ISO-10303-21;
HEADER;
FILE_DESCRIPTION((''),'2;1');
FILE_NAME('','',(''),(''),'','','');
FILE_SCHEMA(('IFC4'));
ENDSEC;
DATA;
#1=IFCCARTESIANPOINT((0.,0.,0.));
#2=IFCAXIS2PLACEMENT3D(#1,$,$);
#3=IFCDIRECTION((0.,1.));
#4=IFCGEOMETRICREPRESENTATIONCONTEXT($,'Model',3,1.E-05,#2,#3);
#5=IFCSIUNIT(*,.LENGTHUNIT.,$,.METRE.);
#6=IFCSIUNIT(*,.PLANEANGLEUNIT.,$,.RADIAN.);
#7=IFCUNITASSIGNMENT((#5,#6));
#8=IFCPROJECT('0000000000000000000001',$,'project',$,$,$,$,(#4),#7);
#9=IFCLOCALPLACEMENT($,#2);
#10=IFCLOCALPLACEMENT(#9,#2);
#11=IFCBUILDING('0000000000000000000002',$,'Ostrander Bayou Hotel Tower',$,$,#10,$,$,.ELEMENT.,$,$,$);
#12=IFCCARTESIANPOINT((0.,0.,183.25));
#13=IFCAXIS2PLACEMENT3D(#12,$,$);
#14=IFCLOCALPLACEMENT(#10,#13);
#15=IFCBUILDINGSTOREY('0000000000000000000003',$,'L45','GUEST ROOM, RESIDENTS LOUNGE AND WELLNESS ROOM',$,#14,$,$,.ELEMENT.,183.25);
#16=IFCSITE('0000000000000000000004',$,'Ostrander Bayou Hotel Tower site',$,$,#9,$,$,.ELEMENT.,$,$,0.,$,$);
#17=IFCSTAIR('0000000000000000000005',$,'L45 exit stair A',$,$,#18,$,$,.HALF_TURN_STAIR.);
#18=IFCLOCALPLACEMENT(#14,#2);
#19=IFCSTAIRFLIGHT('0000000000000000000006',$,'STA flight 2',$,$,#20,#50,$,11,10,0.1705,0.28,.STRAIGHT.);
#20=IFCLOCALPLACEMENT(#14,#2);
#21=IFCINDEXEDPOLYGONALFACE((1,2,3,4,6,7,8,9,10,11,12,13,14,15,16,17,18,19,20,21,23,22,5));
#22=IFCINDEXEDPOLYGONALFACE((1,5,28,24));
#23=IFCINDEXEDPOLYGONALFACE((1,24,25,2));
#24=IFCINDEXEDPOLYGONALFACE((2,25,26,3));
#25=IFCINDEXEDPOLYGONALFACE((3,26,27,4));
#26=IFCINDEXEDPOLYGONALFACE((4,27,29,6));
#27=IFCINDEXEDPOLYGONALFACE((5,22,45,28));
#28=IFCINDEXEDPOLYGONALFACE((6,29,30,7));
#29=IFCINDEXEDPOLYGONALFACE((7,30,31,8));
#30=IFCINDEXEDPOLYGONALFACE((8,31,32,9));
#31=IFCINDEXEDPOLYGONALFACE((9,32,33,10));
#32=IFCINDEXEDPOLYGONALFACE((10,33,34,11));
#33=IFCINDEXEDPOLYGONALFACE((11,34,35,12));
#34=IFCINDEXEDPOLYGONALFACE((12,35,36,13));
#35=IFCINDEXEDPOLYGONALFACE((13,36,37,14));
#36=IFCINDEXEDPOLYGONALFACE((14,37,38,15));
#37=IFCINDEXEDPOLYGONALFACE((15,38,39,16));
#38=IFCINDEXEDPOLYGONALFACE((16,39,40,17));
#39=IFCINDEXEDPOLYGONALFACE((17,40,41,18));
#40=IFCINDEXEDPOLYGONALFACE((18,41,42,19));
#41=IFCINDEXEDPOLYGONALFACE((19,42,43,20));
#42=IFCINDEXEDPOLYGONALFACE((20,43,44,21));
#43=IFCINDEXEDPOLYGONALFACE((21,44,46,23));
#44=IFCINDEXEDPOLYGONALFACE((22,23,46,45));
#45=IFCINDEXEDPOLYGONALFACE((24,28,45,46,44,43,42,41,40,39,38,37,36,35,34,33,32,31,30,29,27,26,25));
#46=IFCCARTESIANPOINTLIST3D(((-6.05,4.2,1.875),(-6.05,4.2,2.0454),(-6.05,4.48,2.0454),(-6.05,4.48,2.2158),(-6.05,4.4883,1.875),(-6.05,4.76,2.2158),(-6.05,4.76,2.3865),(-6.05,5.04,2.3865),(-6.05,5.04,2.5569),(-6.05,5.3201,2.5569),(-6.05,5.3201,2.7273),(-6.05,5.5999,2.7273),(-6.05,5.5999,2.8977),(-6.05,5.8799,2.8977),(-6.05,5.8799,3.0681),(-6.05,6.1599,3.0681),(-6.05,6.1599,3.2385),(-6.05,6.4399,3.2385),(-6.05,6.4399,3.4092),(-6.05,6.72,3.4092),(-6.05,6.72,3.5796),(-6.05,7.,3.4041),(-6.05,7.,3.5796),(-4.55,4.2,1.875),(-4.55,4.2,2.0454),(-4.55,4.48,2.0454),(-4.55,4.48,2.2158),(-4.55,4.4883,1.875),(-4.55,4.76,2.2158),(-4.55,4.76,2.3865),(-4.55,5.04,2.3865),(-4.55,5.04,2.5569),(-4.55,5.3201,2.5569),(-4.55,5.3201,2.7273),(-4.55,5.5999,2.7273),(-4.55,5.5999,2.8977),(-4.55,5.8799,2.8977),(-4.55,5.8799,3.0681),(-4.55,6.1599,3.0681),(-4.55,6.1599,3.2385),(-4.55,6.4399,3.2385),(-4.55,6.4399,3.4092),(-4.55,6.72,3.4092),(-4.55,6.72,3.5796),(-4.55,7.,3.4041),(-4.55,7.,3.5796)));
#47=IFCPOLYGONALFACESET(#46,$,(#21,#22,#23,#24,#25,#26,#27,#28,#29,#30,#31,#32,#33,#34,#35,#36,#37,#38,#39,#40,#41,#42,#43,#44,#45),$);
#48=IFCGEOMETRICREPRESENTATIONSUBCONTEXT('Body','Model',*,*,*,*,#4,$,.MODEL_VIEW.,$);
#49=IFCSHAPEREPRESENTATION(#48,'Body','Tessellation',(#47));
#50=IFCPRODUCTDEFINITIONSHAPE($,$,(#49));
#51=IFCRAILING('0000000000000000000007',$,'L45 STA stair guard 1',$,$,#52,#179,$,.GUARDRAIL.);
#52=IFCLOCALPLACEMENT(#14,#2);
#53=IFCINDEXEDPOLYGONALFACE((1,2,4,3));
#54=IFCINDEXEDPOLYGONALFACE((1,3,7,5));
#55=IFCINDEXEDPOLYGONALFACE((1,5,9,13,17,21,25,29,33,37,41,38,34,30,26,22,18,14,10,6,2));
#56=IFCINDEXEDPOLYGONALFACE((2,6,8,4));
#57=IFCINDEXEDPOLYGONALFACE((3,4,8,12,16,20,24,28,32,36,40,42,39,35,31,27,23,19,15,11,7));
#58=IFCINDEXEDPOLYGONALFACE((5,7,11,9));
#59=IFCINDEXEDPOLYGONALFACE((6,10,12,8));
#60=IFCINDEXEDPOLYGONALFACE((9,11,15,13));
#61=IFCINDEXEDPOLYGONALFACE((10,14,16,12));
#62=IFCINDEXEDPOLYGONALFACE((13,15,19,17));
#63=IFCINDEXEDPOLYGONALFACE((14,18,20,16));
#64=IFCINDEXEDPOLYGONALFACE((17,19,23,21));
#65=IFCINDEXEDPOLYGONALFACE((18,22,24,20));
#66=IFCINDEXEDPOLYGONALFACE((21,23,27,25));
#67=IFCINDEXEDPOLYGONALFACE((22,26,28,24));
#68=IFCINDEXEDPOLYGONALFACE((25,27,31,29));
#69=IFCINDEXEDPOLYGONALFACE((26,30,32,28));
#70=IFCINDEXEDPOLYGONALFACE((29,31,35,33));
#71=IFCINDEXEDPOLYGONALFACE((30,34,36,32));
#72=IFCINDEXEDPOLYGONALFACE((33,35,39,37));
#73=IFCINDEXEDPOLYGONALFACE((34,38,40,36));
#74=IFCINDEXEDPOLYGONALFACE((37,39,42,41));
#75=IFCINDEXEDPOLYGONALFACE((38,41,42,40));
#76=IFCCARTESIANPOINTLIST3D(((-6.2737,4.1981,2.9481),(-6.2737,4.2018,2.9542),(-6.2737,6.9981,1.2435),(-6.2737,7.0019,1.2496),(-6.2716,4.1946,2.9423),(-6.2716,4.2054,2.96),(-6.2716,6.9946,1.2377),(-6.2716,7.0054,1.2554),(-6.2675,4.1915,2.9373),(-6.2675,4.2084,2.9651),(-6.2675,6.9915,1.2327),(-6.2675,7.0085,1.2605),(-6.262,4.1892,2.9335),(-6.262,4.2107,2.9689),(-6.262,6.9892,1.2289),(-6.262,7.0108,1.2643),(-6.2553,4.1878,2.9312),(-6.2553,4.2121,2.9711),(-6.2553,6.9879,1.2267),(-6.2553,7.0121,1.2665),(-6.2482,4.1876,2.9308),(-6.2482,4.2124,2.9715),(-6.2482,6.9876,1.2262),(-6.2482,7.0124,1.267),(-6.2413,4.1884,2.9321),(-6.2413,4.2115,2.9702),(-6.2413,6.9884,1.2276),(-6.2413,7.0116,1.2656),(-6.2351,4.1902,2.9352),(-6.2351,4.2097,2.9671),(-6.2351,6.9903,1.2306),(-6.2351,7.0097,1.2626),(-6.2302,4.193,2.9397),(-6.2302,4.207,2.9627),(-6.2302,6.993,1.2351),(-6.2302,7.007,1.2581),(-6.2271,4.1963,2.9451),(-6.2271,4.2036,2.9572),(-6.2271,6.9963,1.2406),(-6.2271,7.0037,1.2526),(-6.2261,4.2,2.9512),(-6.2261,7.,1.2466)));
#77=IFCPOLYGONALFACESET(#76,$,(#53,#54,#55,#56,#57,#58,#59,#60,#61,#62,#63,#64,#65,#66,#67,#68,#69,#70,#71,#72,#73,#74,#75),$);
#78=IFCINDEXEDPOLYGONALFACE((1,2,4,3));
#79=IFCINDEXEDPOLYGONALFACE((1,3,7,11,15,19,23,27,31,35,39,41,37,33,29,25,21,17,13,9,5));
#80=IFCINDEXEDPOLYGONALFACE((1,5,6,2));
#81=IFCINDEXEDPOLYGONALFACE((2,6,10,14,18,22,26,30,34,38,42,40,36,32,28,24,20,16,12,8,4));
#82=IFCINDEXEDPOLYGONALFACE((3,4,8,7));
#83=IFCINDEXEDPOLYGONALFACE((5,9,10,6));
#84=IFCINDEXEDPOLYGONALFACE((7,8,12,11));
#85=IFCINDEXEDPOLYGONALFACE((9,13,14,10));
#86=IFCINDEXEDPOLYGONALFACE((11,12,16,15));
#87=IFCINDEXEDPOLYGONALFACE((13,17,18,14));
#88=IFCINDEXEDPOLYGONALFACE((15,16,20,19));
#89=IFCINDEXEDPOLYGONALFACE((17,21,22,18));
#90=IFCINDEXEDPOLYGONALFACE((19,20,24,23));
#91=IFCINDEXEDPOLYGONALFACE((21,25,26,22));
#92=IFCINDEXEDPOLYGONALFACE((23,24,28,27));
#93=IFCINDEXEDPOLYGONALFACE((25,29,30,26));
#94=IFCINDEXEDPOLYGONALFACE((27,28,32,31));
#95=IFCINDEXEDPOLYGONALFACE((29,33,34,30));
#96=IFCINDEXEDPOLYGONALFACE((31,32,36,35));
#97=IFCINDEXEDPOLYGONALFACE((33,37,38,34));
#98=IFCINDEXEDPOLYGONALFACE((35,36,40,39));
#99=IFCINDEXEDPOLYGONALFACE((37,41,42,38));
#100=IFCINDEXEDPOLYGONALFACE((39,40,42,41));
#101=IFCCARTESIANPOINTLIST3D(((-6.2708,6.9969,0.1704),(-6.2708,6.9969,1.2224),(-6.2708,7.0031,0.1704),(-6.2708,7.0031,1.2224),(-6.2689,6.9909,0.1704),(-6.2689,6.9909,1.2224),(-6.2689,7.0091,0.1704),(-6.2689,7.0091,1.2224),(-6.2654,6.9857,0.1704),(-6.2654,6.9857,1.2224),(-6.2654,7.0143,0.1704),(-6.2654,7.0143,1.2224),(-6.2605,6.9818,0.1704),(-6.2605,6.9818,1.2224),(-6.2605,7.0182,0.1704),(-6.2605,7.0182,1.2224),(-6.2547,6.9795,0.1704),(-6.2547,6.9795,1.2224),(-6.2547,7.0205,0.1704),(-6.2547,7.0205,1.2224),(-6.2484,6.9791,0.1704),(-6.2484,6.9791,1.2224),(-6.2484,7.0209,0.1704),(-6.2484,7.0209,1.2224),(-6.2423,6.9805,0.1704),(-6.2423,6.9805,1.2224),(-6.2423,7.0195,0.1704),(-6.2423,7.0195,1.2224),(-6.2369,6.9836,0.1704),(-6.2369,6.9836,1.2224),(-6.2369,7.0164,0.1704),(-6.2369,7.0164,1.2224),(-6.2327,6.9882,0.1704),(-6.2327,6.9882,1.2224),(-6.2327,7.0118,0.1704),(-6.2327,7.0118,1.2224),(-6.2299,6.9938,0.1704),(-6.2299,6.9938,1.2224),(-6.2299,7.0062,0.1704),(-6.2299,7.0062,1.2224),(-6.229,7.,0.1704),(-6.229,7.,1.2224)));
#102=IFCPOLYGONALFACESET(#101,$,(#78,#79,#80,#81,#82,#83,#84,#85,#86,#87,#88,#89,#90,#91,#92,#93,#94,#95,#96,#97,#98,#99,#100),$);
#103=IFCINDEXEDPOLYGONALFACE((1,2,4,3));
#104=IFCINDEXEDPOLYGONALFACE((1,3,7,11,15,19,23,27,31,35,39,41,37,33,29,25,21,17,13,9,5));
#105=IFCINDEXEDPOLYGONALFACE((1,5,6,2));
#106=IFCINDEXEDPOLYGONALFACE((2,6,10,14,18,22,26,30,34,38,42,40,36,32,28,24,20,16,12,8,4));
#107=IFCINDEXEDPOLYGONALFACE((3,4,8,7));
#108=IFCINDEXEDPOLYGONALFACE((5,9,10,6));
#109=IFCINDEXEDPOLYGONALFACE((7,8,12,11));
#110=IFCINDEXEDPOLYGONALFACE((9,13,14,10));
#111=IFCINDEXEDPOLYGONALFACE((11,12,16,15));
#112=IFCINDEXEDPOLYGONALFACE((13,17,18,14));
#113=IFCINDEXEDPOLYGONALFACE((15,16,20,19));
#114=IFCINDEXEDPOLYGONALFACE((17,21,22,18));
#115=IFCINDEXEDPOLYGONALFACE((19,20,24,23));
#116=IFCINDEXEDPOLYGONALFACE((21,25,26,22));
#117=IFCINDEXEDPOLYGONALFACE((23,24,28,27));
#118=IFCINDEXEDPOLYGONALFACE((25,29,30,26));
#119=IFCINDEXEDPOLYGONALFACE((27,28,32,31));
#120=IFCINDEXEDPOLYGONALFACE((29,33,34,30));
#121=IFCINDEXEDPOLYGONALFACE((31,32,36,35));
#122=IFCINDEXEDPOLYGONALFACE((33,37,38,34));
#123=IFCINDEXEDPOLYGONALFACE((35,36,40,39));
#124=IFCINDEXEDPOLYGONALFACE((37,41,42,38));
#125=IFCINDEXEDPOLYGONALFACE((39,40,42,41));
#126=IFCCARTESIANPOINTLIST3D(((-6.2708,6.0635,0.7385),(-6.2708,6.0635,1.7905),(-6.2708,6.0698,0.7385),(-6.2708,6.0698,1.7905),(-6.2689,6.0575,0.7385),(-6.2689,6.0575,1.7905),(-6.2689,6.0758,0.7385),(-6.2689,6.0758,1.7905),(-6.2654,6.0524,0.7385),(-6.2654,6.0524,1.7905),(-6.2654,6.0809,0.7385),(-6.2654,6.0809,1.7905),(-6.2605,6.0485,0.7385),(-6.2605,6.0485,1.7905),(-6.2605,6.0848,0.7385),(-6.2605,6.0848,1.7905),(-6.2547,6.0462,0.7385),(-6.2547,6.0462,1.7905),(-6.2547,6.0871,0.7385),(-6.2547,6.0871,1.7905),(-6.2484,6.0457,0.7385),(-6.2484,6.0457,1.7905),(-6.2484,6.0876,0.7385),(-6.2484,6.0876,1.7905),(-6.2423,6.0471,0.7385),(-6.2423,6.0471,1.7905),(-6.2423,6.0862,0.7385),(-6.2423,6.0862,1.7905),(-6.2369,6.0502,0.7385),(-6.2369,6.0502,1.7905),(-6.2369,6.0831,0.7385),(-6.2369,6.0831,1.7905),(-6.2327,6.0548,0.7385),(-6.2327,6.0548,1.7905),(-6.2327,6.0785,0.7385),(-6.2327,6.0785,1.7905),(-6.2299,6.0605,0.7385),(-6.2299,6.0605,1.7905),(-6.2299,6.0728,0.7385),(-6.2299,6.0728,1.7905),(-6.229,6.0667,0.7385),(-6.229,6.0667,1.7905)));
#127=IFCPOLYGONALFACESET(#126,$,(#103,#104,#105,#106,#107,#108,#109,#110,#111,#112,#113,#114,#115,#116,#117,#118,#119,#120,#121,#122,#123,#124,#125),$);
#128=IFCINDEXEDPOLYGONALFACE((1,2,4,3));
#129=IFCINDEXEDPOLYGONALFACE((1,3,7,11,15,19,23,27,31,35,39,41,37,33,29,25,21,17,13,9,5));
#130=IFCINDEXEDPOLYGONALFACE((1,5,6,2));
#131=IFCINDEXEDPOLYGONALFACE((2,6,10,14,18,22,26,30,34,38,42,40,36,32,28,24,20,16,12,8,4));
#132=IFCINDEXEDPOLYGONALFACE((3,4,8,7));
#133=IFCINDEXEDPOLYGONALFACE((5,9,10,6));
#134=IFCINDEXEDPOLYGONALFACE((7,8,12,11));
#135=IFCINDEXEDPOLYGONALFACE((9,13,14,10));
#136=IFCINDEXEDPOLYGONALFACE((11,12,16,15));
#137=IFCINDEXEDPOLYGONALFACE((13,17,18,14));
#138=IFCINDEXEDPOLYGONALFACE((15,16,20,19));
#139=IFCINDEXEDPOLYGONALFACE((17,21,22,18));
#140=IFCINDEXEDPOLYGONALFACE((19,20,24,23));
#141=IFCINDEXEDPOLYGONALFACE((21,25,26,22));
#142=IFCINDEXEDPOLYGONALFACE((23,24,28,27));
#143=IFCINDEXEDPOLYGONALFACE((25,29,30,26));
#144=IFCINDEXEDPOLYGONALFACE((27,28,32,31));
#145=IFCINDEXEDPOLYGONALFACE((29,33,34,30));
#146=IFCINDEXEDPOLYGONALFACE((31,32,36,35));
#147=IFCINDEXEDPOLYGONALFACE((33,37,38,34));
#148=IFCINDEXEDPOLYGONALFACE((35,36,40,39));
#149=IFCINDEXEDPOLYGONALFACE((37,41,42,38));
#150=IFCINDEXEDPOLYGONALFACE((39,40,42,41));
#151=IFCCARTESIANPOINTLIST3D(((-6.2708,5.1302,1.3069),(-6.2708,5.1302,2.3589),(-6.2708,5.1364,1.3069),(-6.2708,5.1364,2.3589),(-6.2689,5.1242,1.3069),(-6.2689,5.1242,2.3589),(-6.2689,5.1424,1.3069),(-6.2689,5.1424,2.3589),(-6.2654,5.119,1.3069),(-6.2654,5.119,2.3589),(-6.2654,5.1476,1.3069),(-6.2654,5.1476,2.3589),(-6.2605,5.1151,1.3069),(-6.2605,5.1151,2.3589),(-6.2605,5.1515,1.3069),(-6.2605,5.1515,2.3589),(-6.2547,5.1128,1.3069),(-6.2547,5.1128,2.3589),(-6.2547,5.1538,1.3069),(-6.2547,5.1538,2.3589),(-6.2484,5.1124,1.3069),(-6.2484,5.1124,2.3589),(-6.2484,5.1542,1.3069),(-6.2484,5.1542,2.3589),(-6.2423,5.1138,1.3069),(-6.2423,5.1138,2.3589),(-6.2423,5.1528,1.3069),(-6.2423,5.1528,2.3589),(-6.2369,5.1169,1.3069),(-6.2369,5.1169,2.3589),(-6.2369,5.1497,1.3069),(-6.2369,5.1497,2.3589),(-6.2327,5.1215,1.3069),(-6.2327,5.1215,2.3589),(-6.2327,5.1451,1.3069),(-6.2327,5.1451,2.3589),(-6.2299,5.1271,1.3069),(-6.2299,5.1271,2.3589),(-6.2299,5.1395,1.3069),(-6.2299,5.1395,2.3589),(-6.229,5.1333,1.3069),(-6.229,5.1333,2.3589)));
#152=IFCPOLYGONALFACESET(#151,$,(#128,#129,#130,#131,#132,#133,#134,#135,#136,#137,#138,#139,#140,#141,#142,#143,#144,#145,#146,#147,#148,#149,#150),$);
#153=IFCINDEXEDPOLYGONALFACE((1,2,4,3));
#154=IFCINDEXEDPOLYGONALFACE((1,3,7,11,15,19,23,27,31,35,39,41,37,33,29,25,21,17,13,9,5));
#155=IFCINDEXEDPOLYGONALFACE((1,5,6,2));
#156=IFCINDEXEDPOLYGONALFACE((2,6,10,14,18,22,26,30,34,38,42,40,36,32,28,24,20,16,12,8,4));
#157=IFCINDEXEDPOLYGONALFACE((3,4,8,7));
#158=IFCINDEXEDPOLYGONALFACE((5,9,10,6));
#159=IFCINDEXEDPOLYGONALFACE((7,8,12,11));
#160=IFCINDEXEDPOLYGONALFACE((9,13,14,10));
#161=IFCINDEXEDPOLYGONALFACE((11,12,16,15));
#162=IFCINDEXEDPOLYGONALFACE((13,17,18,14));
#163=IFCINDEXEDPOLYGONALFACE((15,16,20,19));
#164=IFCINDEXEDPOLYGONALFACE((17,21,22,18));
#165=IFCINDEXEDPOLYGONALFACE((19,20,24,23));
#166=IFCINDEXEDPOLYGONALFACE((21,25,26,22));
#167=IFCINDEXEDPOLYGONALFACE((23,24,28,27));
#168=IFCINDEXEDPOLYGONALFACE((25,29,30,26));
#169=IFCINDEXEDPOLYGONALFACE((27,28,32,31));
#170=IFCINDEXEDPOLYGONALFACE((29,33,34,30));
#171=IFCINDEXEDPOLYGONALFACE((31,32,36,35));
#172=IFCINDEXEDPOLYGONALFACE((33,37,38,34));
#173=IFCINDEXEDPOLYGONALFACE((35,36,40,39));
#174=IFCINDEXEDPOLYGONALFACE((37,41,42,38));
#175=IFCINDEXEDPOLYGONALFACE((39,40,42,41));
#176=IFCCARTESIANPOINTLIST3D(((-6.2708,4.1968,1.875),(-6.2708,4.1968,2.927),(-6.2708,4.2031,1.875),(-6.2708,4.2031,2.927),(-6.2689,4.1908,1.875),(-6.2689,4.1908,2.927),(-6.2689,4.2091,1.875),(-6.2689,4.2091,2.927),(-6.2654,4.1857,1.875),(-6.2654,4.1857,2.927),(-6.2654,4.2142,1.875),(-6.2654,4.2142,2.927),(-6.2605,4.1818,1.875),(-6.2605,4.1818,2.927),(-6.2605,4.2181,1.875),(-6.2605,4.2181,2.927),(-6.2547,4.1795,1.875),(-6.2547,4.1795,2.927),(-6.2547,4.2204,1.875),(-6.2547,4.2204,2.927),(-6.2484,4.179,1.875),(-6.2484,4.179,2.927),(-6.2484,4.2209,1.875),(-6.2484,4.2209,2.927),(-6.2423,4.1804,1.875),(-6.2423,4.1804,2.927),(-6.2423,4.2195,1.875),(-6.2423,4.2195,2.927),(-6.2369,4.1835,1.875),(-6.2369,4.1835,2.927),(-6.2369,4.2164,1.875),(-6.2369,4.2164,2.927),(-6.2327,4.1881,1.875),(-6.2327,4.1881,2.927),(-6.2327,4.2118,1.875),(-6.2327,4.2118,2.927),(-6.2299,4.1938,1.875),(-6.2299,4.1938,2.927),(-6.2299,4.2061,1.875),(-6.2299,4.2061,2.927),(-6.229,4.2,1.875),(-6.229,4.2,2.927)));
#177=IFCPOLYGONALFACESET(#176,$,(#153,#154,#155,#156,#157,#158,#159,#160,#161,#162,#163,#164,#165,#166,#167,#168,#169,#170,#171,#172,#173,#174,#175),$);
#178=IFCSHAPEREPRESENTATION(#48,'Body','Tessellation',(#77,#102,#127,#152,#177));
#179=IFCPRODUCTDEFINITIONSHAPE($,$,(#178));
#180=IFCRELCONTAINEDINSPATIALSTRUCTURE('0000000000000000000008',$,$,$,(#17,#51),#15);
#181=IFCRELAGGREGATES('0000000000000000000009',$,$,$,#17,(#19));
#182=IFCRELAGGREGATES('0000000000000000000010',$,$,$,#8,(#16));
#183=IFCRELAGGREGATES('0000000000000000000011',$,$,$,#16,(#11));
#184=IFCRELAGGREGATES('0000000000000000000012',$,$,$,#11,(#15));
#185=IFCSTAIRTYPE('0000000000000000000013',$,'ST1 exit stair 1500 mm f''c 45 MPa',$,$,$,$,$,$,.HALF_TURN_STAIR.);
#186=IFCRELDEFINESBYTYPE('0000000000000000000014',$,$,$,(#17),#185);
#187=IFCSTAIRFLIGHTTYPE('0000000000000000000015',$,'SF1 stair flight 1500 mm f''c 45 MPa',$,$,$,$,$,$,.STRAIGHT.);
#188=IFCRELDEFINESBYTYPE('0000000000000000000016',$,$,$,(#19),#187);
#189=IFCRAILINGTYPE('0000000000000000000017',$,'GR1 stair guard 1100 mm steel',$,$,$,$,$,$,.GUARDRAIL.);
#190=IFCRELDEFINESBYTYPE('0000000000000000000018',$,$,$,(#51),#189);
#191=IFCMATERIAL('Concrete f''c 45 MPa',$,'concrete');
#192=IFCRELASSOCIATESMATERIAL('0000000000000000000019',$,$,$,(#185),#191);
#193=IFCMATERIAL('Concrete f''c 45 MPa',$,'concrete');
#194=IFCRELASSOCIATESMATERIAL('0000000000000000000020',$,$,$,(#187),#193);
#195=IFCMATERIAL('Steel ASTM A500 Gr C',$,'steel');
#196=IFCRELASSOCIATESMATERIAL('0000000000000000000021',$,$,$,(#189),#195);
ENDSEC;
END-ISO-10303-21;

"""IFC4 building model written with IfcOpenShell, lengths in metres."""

from ifc_helpers import new_model, si_unit, direction, frame, origin, origin_2d, place, context, subcontext, project, spatial, polyline, circle, outline, extrude, material, type_object, element, aggregate, save


model = new_model("IFC4")

# Units and contexts
model_context = context("Model", 3, precision=1e-05, world=origin(), true_north=direction((0.0, 1.0)))
body_context = subcontext(model_context, "Body", "Model", "MODEL_VIEW")
ifc_project = project(units=[si_unit("LENGTHUNIT", "METRE"), si_unit("PLANEANGLEUNIT", "RADIAN")], contexts=[model_context])

# Site, building, storey
site_placement = place(None, origin())
site = spatial("IfcSite", under=ifc_project, at=site_placement, Name="Ostrander Bayou Hotel Tower site", CompositionType="ELEMENT", RefElevation=0.0)
building_placement = place(site_placement, origin())
building = spatial("IfcBuilding", under=site, at=building_placement, Name="Ostrander Bayou Hotel Tower", CompositionType="ELEMENT")
storey_placement = place(building_placement, frame((0.0, 0.0, 183.25)))
storey = spatial("IfcBuildingStorey", under=building, at=storey_placement, Name="L45", Description="GUEST ROOM, RESIDENTS LOUNGE AND WELLNESS ROOM", CompositionType="ELEMENT", Elevation=183.25)

# Stair, stair flight
ifc_material_1 = material(Name="Concrete f'c 45 MPa", Category="concrete")
stair_type = type_object("IfcStairType", Name="ST1 exit stair 1500 mm f'c 45 MPa", PredefinedType="HALF_TURN_STAIR", material=ifc_material_1)
stair_placement = place(storey_placement, origin())
stair = element("IfcStair", 1, at=stair_placement, inside=storey, type_object=stair_type, Name="L45 exit stair A", PredefinedType="HALF_TURN_STAIR")
ifc_material_2 = material(Name="Concrete f'c 45 MPa", Category="concrete")
stair_flight_type = type_object("IfcStairFlightType", Name="SF1 stair flight 1500 mm f'c 45 MPa", PredefinedType="STRAIGHT", material=ifc_material_2)
stair_flight_1_placement = place(storey_placement, frame((-5.3, 4.2, 1.875), z_axis=(0.0, 0.0, 1.0), x_axis=(0.0, 1.0, 0.0)))
stair_flight_1 = element("IfcStairFlight", 2, at=stair_flight_1_placement, type_object=stair_flight_type, Name="STA flight 2", NumberOfRisers=11, NumberOfTreads=10, PredefinedType="STRAIGHT", RiserHeight=0.1705, TreadLength=0.28, context=body_context, shape_type="SweptSolid", body=[
    extrude(outline(polyline([(0.0, 0.0), (0.0, 0.1704), (0.28, 0.1704), (0.28, 0.3408), (0.5601, 0.3408), (0.5601, 0.5115), (0.8401, 0.5115), (0.8401, 0.6819), (1.1201, 0.6819), (1.1201, 0.8523), (1.3999, 0.8523), (1.3999, 1.0227), (1.6799, 1.0227), (1.6799, 1.1931), (1.96, 1.1931), (1.96, 1.3635), (2.24, 1.3635), (2.24, 1.5342), (2.52, 1.5342), (2.52, 1.7046), (2.8, 1.7046), (2.8, 1.875), (2.8, 1.5291), (0.2883, 0.0), (0.0, 0.0)])), frame((0.0, 0.75, 0.0), z_axis=(0.0, -1.0, 0.0), x_axis=(1.0, 0.0, 0.0)), (0.0, 0.0, 1.0), 1.5),
])
aggregate(stair, [stair_flight_1])

# Railing
ifc_material_3 = material(Name="Steel ASTM A500 Gr C", Category="steel")
railing_type_1 = type_object("IfcRailingType", Name="GR1 stair guard 1100 mm steel", PredefinedType="GUARDRAIL", material=ifc_material_3)
railing_1_placement = place(storey_placement, frame((-6.25, 7.0, 0.1704)))
element("IfcRailing", 3, at=railing_1_placement, inside=storey, type_object=railing_type_1, Name="L45 STA stair guard 1", PredefinedType="GUARDRAIL", context=body_context, shape_type="SweptSolid", body=[
    extrude(circle(Radius=0.0239, at=origin_2d()), frame((0.0, 0.0, 1.0762), z_axis=(0.0, -0.85417, 0.519994), x_axis=(1.0, 0.0, 0.0)), (0.0, 0.0, 1.0), 3.2781),
    extrude(circle(Radius=0.021, at=origin_2d()), origin(), (0.0, 0.0, 1.0), 1.052),
    extrude(circle(Radius=0.021, at=origin_2d()), frame((0.0, -0.9333, 0.5681)), (0.0, 0.0, 1.0), 1.052),
    extrude(circle(Radius=0.021, at=origin_2d()), frame((0.0, -1.8667, 1.1365)), (0.0, 0.0, 1.0), 1.052),
    extrude(circle(Radius=0.021, at=origin_2d()), frame((0.0, -2.8, 1.7046)), (0.0, 0.0, 1.0), 1.052),
])

save(model, "model.ifc")
